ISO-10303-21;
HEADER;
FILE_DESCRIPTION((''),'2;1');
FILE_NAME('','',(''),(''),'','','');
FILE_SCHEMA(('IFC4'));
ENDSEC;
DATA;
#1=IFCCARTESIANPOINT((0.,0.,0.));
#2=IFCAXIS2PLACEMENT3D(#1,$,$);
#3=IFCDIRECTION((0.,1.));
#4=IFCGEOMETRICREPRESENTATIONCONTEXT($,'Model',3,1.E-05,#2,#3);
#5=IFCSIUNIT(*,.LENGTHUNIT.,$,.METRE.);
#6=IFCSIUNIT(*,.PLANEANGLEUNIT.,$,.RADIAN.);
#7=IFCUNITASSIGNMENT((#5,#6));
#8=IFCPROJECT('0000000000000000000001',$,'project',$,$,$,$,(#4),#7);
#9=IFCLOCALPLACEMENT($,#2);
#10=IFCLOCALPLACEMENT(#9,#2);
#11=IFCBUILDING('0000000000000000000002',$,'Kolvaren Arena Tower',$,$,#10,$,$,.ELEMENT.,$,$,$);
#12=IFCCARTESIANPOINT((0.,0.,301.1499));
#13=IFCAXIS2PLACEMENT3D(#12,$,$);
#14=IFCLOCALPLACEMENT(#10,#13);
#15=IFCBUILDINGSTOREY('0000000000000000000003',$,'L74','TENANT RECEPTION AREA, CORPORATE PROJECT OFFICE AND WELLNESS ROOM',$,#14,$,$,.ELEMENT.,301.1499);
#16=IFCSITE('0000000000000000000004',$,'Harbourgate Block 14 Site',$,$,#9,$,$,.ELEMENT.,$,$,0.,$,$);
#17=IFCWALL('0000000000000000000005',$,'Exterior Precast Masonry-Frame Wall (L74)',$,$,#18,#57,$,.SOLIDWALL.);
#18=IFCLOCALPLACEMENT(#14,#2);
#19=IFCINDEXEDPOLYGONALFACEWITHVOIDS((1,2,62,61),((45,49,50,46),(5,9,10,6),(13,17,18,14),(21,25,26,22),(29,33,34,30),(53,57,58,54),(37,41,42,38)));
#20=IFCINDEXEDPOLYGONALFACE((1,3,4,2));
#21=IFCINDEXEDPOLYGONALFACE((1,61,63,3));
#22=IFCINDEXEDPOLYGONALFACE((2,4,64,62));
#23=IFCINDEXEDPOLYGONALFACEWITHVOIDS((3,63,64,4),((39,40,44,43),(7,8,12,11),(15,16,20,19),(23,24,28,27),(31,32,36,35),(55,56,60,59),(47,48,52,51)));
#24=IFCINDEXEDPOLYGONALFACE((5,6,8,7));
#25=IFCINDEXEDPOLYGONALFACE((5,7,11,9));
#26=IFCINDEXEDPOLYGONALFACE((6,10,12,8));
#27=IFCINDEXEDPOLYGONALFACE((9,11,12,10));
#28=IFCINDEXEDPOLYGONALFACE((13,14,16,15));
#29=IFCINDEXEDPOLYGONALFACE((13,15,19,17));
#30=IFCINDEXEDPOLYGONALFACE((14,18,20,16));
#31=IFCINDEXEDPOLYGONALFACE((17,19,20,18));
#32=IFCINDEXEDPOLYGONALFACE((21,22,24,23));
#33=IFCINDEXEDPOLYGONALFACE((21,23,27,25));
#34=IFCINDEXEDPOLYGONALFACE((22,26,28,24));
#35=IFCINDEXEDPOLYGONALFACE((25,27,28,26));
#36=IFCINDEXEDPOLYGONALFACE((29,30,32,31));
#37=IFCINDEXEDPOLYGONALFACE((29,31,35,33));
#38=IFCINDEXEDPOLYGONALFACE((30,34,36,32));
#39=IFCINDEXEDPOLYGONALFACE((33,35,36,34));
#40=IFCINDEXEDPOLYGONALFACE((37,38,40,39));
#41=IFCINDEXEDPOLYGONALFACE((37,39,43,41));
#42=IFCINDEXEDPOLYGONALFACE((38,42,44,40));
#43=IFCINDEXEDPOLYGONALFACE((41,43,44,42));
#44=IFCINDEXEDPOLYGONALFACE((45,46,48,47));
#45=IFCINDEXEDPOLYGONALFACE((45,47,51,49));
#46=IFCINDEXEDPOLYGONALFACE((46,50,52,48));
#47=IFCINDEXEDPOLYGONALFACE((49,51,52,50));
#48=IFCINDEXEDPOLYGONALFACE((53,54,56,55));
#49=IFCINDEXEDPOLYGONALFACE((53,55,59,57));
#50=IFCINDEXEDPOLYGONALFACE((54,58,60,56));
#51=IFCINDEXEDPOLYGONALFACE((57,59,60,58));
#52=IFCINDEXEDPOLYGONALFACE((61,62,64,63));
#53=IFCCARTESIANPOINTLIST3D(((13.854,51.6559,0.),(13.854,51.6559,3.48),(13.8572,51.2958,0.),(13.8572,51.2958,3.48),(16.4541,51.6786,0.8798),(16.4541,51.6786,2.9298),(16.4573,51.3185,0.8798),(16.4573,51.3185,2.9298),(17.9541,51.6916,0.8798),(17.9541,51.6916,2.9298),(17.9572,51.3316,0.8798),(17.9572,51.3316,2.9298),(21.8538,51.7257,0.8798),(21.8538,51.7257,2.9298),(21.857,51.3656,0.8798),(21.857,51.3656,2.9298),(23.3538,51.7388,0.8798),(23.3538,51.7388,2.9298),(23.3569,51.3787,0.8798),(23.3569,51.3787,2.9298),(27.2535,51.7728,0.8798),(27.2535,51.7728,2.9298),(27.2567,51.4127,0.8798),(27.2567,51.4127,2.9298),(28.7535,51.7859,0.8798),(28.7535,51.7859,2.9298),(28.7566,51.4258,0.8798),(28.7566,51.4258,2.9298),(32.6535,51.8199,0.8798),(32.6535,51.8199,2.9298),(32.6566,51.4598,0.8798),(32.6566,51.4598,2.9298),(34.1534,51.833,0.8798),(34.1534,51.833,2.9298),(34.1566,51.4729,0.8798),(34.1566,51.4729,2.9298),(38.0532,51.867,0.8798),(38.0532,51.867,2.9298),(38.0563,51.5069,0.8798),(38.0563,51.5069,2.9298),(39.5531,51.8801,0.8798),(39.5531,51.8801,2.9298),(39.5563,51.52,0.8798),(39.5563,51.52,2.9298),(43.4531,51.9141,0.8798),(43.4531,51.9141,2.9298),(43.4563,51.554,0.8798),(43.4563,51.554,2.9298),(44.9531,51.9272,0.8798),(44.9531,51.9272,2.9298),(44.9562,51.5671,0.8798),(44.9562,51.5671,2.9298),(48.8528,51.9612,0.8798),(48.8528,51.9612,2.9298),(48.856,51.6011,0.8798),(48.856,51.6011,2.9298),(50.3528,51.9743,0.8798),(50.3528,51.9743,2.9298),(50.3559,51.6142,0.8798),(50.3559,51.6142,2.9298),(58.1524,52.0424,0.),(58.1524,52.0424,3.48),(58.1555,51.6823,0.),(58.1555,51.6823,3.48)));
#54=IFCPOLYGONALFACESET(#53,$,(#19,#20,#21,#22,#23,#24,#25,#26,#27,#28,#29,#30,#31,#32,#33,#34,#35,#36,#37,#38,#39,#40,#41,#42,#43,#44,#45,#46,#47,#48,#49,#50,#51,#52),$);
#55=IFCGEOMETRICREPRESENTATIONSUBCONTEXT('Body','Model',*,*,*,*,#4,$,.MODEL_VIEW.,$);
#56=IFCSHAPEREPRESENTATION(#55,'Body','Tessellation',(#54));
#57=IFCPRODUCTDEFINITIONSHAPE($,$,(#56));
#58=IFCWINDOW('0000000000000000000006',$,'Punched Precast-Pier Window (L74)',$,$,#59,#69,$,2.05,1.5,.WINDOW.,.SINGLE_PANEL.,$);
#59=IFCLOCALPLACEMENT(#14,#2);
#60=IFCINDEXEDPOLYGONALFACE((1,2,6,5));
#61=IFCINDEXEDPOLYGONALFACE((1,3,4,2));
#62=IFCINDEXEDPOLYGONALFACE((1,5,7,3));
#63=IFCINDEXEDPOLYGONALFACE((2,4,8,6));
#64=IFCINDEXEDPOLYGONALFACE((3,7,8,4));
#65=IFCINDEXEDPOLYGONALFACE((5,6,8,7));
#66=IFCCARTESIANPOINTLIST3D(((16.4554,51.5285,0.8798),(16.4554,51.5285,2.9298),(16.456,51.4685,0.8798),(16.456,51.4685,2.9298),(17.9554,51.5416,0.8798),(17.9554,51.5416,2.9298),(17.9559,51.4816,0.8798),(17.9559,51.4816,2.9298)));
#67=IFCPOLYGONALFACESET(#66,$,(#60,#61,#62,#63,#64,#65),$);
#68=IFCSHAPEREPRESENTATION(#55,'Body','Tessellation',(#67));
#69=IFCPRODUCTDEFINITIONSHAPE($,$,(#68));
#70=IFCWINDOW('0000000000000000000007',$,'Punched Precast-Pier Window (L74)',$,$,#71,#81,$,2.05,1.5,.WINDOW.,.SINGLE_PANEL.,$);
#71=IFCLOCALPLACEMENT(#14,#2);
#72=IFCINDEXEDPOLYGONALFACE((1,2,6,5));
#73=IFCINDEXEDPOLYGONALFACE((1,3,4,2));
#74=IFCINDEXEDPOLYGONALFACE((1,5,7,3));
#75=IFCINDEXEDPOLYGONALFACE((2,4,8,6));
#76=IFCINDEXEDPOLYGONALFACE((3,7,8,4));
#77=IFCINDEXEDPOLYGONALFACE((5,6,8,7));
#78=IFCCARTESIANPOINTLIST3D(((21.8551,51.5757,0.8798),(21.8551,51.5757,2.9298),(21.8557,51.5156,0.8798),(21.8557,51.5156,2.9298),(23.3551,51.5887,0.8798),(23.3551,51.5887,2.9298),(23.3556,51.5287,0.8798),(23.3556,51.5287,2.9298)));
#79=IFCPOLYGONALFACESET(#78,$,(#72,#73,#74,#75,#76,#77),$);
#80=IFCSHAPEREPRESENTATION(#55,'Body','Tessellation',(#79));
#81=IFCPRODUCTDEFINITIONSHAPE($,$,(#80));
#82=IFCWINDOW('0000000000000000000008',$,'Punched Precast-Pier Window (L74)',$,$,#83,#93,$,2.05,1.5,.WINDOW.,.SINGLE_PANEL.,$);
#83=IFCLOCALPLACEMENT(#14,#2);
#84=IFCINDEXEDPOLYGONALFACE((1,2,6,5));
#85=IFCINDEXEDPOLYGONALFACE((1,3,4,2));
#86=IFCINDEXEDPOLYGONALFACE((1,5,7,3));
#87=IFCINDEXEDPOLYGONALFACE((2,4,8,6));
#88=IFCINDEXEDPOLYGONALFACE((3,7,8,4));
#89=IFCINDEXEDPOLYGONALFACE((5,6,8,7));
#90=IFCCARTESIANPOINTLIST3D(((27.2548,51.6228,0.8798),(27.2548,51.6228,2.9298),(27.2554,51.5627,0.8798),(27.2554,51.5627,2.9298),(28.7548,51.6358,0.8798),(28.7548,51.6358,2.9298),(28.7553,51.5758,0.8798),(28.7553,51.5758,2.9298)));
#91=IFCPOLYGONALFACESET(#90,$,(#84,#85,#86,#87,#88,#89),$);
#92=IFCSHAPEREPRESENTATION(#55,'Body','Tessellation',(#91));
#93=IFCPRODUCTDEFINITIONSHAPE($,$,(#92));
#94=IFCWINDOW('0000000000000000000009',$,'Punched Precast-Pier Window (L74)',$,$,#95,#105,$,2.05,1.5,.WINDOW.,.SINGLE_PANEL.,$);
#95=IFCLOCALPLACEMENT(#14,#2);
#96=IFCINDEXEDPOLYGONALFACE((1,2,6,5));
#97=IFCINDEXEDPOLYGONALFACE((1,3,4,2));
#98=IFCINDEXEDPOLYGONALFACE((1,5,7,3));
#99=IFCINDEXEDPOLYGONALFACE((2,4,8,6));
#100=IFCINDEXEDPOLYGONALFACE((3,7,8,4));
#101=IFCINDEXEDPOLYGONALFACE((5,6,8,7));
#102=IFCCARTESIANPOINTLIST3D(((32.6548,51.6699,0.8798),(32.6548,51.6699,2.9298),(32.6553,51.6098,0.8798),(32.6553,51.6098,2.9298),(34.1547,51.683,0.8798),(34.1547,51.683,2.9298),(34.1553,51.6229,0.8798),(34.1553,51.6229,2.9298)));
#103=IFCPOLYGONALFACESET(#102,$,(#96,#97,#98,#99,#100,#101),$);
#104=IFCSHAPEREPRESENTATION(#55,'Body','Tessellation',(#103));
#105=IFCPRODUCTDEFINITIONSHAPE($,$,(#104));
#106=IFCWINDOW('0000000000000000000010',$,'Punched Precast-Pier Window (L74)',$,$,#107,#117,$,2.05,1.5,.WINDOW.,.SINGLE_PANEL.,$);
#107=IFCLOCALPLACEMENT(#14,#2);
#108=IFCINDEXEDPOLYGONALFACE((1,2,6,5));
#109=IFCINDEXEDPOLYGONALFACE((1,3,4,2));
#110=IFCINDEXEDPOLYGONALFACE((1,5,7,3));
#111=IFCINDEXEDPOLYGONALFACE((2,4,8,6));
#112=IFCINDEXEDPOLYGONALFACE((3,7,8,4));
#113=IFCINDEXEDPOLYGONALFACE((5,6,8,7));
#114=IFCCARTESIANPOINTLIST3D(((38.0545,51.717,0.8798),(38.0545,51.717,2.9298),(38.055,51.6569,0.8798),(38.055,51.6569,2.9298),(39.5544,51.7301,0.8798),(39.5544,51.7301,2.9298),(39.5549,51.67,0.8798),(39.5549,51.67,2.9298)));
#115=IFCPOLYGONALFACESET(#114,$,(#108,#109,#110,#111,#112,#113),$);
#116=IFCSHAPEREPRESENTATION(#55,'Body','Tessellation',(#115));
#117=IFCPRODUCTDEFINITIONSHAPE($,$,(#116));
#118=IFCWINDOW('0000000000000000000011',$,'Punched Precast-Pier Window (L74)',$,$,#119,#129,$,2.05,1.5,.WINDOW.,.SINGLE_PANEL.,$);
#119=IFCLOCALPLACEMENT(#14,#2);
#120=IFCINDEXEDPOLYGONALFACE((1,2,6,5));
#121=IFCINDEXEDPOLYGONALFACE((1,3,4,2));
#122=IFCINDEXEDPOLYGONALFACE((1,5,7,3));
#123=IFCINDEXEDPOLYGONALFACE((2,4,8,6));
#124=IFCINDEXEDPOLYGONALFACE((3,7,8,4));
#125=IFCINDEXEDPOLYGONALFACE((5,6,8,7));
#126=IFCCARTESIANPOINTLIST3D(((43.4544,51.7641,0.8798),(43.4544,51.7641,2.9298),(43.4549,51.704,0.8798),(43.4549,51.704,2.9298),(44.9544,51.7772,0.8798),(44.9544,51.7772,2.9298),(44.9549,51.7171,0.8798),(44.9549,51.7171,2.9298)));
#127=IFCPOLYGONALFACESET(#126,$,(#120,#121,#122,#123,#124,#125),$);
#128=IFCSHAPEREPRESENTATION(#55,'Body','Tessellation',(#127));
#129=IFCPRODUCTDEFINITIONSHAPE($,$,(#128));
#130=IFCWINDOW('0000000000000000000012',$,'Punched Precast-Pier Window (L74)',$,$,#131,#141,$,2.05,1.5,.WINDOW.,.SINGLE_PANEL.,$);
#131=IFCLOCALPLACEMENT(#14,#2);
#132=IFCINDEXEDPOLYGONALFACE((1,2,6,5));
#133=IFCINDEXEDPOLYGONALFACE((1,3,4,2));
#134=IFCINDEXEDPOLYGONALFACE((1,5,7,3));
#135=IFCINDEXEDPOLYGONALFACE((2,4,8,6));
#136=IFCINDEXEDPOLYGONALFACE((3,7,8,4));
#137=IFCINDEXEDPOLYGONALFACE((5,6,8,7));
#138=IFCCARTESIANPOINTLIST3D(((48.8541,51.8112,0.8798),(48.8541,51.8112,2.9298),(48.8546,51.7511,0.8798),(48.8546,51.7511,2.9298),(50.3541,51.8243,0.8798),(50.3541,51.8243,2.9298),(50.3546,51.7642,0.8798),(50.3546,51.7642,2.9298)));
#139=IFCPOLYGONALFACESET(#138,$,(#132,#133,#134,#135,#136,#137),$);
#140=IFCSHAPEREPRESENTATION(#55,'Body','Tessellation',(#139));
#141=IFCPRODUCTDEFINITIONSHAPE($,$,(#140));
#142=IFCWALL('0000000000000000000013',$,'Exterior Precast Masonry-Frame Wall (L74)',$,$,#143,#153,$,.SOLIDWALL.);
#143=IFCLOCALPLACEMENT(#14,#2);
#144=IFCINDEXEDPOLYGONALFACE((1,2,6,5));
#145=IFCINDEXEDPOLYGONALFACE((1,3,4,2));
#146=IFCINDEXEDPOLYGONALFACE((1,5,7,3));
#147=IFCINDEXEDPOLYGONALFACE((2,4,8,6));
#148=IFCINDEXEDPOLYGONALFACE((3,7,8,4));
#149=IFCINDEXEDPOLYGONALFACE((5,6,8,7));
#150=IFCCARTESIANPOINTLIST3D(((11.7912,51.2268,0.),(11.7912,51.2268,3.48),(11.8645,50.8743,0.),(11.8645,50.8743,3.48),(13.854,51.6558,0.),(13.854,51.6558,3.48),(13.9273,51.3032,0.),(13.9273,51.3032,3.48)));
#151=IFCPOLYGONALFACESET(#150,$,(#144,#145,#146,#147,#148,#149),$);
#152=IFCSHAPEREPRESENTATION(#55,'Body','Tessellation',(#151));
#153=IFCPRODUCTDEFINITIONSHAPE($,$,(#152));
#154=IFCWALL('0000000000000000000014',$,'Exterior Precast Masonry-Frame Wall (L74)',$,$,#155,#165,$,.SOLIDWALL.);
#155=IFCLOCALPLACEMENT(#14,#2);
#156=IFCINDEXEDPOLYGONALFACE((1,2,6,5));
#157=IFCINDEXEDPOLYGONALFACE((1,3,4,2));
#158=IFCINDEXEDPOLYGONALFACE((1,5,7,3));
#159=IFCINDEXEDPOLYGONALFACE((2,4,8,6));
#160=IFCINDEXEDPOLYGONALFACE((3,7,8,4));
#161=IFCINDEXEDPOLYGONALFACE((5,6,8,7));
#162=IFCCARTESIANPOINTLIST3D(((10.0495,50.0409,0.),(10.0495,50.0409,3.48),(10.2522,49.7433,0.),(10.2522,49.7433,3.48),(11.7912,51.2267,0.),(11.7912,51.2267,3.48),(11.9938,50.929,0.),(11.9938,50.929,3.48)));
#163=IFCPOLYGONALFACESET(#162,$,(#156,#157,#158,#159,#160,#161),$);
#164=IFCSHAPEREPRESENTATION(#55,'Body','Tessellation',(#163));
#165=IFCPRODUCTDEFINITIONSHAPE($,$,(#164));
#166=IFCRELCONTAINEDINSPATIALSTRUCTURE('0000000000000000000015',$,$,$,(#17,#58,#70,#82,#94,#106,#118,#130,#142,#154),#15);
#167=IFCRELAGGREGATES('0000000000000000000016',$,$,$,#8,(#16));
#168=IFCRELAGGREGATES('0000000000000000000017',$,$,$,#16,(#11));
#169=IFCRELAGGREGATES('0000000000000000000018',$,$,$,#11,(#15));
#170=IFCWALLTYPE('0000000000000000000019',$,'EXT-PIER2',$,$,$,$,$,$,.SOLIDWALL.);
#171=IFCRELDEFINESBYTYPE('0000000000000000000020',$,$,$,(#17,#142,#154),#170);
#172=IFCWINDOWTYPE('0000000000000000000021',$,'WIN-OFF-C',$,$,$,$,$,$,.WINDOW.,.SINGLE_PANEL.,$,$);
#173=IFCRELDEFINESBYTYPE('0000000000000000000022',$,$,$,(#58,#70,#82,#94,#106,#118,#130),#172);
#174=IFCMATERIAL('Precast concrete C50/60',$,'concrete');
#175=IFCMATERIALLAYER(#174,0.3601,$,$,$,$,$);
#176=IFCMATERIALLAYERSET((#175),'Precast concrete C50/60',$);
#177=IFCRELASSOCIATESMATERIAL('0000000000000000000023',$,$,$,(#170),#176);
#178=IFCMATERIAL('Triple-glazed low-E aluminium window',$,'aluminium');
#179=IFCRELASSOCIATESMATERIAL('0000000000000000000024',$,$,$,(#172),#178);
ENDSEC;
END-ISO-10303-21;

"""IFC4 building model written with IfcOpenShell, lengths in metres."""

from ifc_helpers import new_model, si_unit, direction, frame, frame_2d, origin, place, context, subcontext, project, spatial, rectangle, extrude, material, layer, layer_set, type_object, element, fill, save


model = new_model("IFC4")

# Units and contexts
model_context = context("Model", 3, precision=1e-05, world=origin(), true_north=direction((0.0, 1.0)))
body_context = subcontext(model_context, "Body", "Model", "MODEL_VIEW")
ifc_project = project(units=[si_unit("LENGTHUNIT", "METRE"), si_unit("PLANEANGLEUNIT", "RADIAN")], contexts=[model_context])

# Site, building, storey
site_placement = place(None, origin())
site = spatial("IfcSite", under=ifc_project, at=site_placement, Name="Harbourgate Block 14 Site", CompositionType="ELEMENT", RefElevation=0.0)
building_placement = place(site_placement, origin())
building = spatial("IfcBuilding", under=site, at=building_placement, Name="Kolvaren Arena Tower", CompositionType="ELEMENT")
storey_placement = place(building_placement, frame((0.0, 0.0, 301.1499)))
storey = spatial("IfcBuildingStorey", under=building, at=storey_placement, Name="L74", Description="TENANT RECEPTION AREA, CORPORATE PROJECT OFFICE AND WELLNESS ROOM", CompositionType="ELEMENT", Elevation=301.1499)

# Shared definitions
ifc_material_1 = material(Name="Precast concrete C50/60", Category="concrete")

# Wall, openings, windows
ifc_layer = layer(ifc_material_1, 0.3601)
ifc_layer_set = layer_set([ifc_layer], Name="Precast concrete C50/60")
wall_type = type_object("IfcWallType", Name="EXT-PIER2", PredefinedType="SOLIDWALL", material=ifc_layer_set)
wall_placement = place(storey_placement, frame((13.8557, 51.4758, 0.0), z_axis=(0.0, 0.0, 1.0), x_axis=(0.999962, 0.008724, 0.0)))
wall = element("IfcWall", 1, at=wall_placement, inside=storey, type_object=wall_type, Name="Exterior Precast Masonry-Frame Wall (L74)", PredefinedType="SOLIDWALL", context=body_context, shape_type="SweptSolid", body=[
    extrude(rectangle(XDim=44.3, YDim=0.3601, at=frame_2d((22.1499, 0.0))), origin(), (0.0, 0.0, 1.0), 3.48),
])
opening_1_placement = place(wall_placement, frame((2.6001, 0.0, 0.8799)))
opening_1 = element("IfcOpeningElement", 2, at=opening_1_placement, cuts=wall, PredefinedType="OPENING", context=body_context, shape_type="SweptSolid", body=[
    extrude(rectangle(XDim=1.5, YDim=2.05, at=frame_2d((0.75, 1.0249))), frame((0.0, 0.1899, 0.0), z_axis=(0.0, -1.0, 0.0), x_axis=(1.0, 0.0, 0.0)), (0.0, 0.0, 1.0), 0.3801),
])
opening_2_placement = place(wall_placement, frame((8.0, 0.0, 0.8799)))
opening_2 = element("IfcOpeningElement", 3, at=opening_2_placement, cuts=wall, PredefinedType="OPENING", context=body_context, shape_type="SweptSolid", body=[
    extrude(rectangle(XDim=1.5, YDim=2.05, at=frame_2d((0.75, 1.0249))), frame((0.0, 0.1899, 0.0), z_axis=(0.0, -1.0, 0.0), x_axis=(1.0, 0.0, 0.0)), (0.0, 0.0, 1.0), 0.3801),
])
opening_3_placement = place(wall_placement, frame((13.3999, 0.0, 0.8799)))
opening_3 = element("IfcOpeningElement", 4, at=opening_3_placement, cuts=wall, PredefinedType="OPENING", context=body_context, shape_type="SweptSolid", body=[
    extrude(rectangle(XDim=1.5, YDim=2.05, at=frame_2d((0.75, 1.0249))), frame((0.0, 0.1899, 0.0), z_axis=(0.0, -1.0, 0.0), x_axis=(1.0, 0.0, 0.0)), (0.0, 0.0, 1.0), 0.3801),
])
opening_4_placement = place(wall_placement, frame((18.8, 0.0, 0.8799)))
opening_4 = element("IfcOpeningElement", 5, at=opening_4_placement, cuts=wall, PredefinedType="OPENING", context=body_context, shape_type="SweptSolid", body=[
    extrude(rectangle(XDim=1.5, YDim=2.05, at=frame_2d((0.75, 1.0249))), frame((0.0, 0.1899, 0.0), z_axis=(0.0, -1.0, 0.0), x_axis=(1.0, 0.0, 0.0)), (0.0, 0.0, 1.0), 0.3801),
])
opening_5_placement = place(wall_placement, frame((24.2, 0.0, 0.8799)))
opening_5 = element("IfcOpeningElement", 6, at=opening_5_placement, cuts=wall, PredefinedType="OPENING", context=body_context, shape_type="SweptSolid", body=[
    extrude(rectangle(XDim=1.5, YDim=2.05, at=frame_2d((0.75, 1.0249))), frame((0.0, 0.1899, 0.0), z_axis=(0.0, -1.0, 0.0), x_axis=(1.0, 0.0, 0.0)), (0.0, 0.0, 1.0), 0.3801),
])
opening_6_placement = place(wall_placement, frame((29.6001, 0.0, 0.8799)))
opening_6 = element("IfcOpeningElement", 7, at=opening_6_placement, cuts=wall, PredefinedType="OPENING", context=body_context, shape_type="SweptSolid", body=[
    extrude(rectangle(XDim=1.5, YDim=2.05, at=frame_2d((0.75, 1.0249))), frame((0.0, 0.1899, 0.0), z_axis=(0.0, -1.0, 0.0), x_axis=(1.0, 0.0, 0.0)), (0.0, 0.0, 1.0), 0.3801),
])
opening_7_placement = place(wall_placement, frame((35.0, 0.0, 0.8799)))
opening_7 = element("IfcOpeningElement", 8, at=opening_7_placement, cuts=wall, PredefinedType="OPENING", context=body_context, shape_type="SweptSolid", body=[
    extrude(rectangle(XDim=1.5, YDim=2.05, at=frame_2d((0.75, 1.0249))), frame((0.0, 0.1899, 0.0), z_axis=(0.0, -1.0, 0.0), x_axis=(1.0, 0.0, 0.0)), (0.0, 0.0, 1.0), 0.3801),
])
ifc_material_2 = material(Name="Triple-glazed low-E aluminium window", Category="aluminium")
window_type = type_object("IfcWindowType", Name="WIN-OFF-C", PartitioningType="SINGLE_PANEL", PredefinedType="WINDOW", material=ifc_material_2)
window_1_placement = place(opening_1_placement, origin())
window_1 = element("IfcWindow", 9, at=window_1_placement, inside=storey, type_object=window_type, Name="Punched Precast-Pier Window (L74)", OverallHeight=2.05, OverallWidth=1.5, PartitioningType="SINGLE_PANEL", PredefinedType="WINDOW", context=body_context, shape_type="SweptSolid", body=[
    extrude(rectangle(XDim=1.5, YDim=2.05, at=frame_2d((0.75, 1.0249))), frame((0.0, 0.03, 0.0), z_axis=(0.0, -1.0, 0.0), x_axis=(1.0, 0.0, 0.0)), (0.0, 0.0, 1.0), 0.0601),
])
fill(opening_1, window_1)
window_2_placement = place(opening_2_placement, origin())
window_2 = element("IfcWindow", 10, at=window_2_placement, inside=storey, type_object=window_type, Name="Punched Precast-Pier Window (L74)", OverallHeight=2.05, OverallWidth=1.5, PartitioningType="SINGLE_PANEL", PredefinedType="WINDOW", context=body_context, shape_type="SweptSolid", body=[
    extrude(rectangle(XDim=1.5, YDim=2.05, at=frame_2d((0.75, 1.0249))), frame((0.0, 0.03, 0.0), z_axis=(0.0, -1.0, 0.0), x_axis=(1.0, 0.0, 0.0)), (0.0, 0.0, 1.0), 0.0601),
])
fill(opening_2, window_2)
window_3_placement = place(opening_3_placement, origin())
window_3 = element("IfcWindow", 11, at=window_3_placement, inside=storey, type_object=window_type, Name="Punched Precast-Pier Window (L74)", OverallHeight=2.05, OverallWidth=1.5, PartitioningType="SINGLE_PANEL", PredefinedType="WINDOW", context=body_context, shape_type="SweptSolid", body=[
    extrude(rectangle(XDim=1.5, YDim=2.05, at=frame_2d((0.75, 1.0249))), frame((0.0, 0.03, 0.0), z_axis=(0.0, -1.0, 0.0), x_axis=(1.0, 0.0, 0.0)), (0.0, 0.0, 1.0), 0.0601),
])
fill(opening_3, window_3)
window_4_placement = place(opening_4_placement, origin())
window_4 = element("IfcWindow", 12, at=window_4_placement, inside=storey, type_object=window_type, Name="Punched Precast-Pier Window (L74)", OverallHeight=2.05, OverallWidth=1.5, PartitioningType="SINGLE_PANEL", PredefinedType="WINDOW", context=body_context, shape_type="SweptSolid", body=[
    extrude(rectangle(XDim=1.5, YDim=2.05, at=frame_2d((0.75, 1.0249))), frame((0.0, 0.03, 0.0), z_axis=(0.0, -1.0, 0.0), x_axis=(1.0, 0.0, 0.0)), (0.0, 0.0, 1.0), 0.0601),
])
fill(opening_4, window_4)
window_5_placement = place(opening_5_placement, origin())
window_5 = element("IfcWindow", 13, at=window_5_placement, inside=storey, type_object=window_type, Name="Punched Precast-Pier Window (L74)", OverallHeight=2.05, OverallWidth=1.5, PartitioningType="SINGLE_PANEL", PredefinedType="WINDOW", context=body_context, shape_type="SweptSolid", body=[
    extrude(rectangle(XDim=1.5, YDim=2.05, at=frame_2d((0.75, 1.0249))), frame((0.0, 0.03, 0.0), z_axis=(0.0, -1.0, 0.0), x_axis=(1.0, 0.0, 0.0)), (0.0, 0.0, 1.0), 0.0601),
])
fill(opening_5, window_5)
window_6_placement = place(opening_6_placement, origin())
window_6 = element("IfcWindow", 14, at=window_6_placement, inside=storey, type_object=window_type, Name="Punched Precast-Pier Window (L74)", OverallHeight=2.05, OverallWidth=1.5, PartitioningType="SINGLE_PANEL", PredefinedType="WINDOW", context=body_context, shape_type="SweptSolid", body=[
    extrude(rectangle(XDim=1.5, YDim=2.05, at=frame_2d((0.75, 1.0249))), frame((0.0, 0.03, 0.0), z_axis=(0.0, -1.0, 0.0), x_axis=(1.0, 0.0, 0.0)), (0.0, 0.0, 1.0), 0.0601),
])
fill(opening_6, window_6)
window_7_placement = place(opening_7_placement, origin())
window_7 = element("IfcWindow", 15, at=window_7_placement, inside=storey, type_object=window_type, Name="Punched Precast-Pier Window (L74)", OverallHeight=2.05, OverallWidth=1.5, PartitioningType="SINGLE_PANEL", PredefinedType="WINDOW", context=body_context, shape_type="SweptSolid", body=[
    extrude(rectangle(XDim=1.5, YDim=2.05, at=frame_2d((0.75, 1.0249))), frame((0.0, 0.03, 0.0), z_axis=(0.0, -1.0, 0.0), x_axis=(1.0, 0.0, 0.0)), (0.0, 0.0, 1.0), 0.0601),
])
fill(opening_7, window_7)

# Walls
for number, where, z_axis, x_axis, name in (
    (16, (11.8279, 51.0505, 0.0), (0.0, 0.0, 1.0), (0.979055, 0.203598, 0.0), "Exterior Precast Masonry-Frame Wall (L74)"),
    (17, (10.1509, 49.8921, 0.0), (0.0, 0.0, 1.0), (0.82661, 0.562776, 0.0), "Exterior Precast Masonry-Frame Wall (L74)"),
):
    element("IfcWall", number, at=place(storey_placement, frame(where, z_axis=z_axis, x_axis=x_axis)), inside=storey, type_object=wall_type, Name=name, PredefinedType="SOLIDWALL", context=body_context, shape_type="SweptSolid", body=[
        extrude(rectangle(XDim=2.1069, YDim=0.3601, at=frame_2d((1.0535, 0.0))), origin(), (0.0, 0.0, 1.0), 3.48),
    ])

save(model, "model.ifc")
